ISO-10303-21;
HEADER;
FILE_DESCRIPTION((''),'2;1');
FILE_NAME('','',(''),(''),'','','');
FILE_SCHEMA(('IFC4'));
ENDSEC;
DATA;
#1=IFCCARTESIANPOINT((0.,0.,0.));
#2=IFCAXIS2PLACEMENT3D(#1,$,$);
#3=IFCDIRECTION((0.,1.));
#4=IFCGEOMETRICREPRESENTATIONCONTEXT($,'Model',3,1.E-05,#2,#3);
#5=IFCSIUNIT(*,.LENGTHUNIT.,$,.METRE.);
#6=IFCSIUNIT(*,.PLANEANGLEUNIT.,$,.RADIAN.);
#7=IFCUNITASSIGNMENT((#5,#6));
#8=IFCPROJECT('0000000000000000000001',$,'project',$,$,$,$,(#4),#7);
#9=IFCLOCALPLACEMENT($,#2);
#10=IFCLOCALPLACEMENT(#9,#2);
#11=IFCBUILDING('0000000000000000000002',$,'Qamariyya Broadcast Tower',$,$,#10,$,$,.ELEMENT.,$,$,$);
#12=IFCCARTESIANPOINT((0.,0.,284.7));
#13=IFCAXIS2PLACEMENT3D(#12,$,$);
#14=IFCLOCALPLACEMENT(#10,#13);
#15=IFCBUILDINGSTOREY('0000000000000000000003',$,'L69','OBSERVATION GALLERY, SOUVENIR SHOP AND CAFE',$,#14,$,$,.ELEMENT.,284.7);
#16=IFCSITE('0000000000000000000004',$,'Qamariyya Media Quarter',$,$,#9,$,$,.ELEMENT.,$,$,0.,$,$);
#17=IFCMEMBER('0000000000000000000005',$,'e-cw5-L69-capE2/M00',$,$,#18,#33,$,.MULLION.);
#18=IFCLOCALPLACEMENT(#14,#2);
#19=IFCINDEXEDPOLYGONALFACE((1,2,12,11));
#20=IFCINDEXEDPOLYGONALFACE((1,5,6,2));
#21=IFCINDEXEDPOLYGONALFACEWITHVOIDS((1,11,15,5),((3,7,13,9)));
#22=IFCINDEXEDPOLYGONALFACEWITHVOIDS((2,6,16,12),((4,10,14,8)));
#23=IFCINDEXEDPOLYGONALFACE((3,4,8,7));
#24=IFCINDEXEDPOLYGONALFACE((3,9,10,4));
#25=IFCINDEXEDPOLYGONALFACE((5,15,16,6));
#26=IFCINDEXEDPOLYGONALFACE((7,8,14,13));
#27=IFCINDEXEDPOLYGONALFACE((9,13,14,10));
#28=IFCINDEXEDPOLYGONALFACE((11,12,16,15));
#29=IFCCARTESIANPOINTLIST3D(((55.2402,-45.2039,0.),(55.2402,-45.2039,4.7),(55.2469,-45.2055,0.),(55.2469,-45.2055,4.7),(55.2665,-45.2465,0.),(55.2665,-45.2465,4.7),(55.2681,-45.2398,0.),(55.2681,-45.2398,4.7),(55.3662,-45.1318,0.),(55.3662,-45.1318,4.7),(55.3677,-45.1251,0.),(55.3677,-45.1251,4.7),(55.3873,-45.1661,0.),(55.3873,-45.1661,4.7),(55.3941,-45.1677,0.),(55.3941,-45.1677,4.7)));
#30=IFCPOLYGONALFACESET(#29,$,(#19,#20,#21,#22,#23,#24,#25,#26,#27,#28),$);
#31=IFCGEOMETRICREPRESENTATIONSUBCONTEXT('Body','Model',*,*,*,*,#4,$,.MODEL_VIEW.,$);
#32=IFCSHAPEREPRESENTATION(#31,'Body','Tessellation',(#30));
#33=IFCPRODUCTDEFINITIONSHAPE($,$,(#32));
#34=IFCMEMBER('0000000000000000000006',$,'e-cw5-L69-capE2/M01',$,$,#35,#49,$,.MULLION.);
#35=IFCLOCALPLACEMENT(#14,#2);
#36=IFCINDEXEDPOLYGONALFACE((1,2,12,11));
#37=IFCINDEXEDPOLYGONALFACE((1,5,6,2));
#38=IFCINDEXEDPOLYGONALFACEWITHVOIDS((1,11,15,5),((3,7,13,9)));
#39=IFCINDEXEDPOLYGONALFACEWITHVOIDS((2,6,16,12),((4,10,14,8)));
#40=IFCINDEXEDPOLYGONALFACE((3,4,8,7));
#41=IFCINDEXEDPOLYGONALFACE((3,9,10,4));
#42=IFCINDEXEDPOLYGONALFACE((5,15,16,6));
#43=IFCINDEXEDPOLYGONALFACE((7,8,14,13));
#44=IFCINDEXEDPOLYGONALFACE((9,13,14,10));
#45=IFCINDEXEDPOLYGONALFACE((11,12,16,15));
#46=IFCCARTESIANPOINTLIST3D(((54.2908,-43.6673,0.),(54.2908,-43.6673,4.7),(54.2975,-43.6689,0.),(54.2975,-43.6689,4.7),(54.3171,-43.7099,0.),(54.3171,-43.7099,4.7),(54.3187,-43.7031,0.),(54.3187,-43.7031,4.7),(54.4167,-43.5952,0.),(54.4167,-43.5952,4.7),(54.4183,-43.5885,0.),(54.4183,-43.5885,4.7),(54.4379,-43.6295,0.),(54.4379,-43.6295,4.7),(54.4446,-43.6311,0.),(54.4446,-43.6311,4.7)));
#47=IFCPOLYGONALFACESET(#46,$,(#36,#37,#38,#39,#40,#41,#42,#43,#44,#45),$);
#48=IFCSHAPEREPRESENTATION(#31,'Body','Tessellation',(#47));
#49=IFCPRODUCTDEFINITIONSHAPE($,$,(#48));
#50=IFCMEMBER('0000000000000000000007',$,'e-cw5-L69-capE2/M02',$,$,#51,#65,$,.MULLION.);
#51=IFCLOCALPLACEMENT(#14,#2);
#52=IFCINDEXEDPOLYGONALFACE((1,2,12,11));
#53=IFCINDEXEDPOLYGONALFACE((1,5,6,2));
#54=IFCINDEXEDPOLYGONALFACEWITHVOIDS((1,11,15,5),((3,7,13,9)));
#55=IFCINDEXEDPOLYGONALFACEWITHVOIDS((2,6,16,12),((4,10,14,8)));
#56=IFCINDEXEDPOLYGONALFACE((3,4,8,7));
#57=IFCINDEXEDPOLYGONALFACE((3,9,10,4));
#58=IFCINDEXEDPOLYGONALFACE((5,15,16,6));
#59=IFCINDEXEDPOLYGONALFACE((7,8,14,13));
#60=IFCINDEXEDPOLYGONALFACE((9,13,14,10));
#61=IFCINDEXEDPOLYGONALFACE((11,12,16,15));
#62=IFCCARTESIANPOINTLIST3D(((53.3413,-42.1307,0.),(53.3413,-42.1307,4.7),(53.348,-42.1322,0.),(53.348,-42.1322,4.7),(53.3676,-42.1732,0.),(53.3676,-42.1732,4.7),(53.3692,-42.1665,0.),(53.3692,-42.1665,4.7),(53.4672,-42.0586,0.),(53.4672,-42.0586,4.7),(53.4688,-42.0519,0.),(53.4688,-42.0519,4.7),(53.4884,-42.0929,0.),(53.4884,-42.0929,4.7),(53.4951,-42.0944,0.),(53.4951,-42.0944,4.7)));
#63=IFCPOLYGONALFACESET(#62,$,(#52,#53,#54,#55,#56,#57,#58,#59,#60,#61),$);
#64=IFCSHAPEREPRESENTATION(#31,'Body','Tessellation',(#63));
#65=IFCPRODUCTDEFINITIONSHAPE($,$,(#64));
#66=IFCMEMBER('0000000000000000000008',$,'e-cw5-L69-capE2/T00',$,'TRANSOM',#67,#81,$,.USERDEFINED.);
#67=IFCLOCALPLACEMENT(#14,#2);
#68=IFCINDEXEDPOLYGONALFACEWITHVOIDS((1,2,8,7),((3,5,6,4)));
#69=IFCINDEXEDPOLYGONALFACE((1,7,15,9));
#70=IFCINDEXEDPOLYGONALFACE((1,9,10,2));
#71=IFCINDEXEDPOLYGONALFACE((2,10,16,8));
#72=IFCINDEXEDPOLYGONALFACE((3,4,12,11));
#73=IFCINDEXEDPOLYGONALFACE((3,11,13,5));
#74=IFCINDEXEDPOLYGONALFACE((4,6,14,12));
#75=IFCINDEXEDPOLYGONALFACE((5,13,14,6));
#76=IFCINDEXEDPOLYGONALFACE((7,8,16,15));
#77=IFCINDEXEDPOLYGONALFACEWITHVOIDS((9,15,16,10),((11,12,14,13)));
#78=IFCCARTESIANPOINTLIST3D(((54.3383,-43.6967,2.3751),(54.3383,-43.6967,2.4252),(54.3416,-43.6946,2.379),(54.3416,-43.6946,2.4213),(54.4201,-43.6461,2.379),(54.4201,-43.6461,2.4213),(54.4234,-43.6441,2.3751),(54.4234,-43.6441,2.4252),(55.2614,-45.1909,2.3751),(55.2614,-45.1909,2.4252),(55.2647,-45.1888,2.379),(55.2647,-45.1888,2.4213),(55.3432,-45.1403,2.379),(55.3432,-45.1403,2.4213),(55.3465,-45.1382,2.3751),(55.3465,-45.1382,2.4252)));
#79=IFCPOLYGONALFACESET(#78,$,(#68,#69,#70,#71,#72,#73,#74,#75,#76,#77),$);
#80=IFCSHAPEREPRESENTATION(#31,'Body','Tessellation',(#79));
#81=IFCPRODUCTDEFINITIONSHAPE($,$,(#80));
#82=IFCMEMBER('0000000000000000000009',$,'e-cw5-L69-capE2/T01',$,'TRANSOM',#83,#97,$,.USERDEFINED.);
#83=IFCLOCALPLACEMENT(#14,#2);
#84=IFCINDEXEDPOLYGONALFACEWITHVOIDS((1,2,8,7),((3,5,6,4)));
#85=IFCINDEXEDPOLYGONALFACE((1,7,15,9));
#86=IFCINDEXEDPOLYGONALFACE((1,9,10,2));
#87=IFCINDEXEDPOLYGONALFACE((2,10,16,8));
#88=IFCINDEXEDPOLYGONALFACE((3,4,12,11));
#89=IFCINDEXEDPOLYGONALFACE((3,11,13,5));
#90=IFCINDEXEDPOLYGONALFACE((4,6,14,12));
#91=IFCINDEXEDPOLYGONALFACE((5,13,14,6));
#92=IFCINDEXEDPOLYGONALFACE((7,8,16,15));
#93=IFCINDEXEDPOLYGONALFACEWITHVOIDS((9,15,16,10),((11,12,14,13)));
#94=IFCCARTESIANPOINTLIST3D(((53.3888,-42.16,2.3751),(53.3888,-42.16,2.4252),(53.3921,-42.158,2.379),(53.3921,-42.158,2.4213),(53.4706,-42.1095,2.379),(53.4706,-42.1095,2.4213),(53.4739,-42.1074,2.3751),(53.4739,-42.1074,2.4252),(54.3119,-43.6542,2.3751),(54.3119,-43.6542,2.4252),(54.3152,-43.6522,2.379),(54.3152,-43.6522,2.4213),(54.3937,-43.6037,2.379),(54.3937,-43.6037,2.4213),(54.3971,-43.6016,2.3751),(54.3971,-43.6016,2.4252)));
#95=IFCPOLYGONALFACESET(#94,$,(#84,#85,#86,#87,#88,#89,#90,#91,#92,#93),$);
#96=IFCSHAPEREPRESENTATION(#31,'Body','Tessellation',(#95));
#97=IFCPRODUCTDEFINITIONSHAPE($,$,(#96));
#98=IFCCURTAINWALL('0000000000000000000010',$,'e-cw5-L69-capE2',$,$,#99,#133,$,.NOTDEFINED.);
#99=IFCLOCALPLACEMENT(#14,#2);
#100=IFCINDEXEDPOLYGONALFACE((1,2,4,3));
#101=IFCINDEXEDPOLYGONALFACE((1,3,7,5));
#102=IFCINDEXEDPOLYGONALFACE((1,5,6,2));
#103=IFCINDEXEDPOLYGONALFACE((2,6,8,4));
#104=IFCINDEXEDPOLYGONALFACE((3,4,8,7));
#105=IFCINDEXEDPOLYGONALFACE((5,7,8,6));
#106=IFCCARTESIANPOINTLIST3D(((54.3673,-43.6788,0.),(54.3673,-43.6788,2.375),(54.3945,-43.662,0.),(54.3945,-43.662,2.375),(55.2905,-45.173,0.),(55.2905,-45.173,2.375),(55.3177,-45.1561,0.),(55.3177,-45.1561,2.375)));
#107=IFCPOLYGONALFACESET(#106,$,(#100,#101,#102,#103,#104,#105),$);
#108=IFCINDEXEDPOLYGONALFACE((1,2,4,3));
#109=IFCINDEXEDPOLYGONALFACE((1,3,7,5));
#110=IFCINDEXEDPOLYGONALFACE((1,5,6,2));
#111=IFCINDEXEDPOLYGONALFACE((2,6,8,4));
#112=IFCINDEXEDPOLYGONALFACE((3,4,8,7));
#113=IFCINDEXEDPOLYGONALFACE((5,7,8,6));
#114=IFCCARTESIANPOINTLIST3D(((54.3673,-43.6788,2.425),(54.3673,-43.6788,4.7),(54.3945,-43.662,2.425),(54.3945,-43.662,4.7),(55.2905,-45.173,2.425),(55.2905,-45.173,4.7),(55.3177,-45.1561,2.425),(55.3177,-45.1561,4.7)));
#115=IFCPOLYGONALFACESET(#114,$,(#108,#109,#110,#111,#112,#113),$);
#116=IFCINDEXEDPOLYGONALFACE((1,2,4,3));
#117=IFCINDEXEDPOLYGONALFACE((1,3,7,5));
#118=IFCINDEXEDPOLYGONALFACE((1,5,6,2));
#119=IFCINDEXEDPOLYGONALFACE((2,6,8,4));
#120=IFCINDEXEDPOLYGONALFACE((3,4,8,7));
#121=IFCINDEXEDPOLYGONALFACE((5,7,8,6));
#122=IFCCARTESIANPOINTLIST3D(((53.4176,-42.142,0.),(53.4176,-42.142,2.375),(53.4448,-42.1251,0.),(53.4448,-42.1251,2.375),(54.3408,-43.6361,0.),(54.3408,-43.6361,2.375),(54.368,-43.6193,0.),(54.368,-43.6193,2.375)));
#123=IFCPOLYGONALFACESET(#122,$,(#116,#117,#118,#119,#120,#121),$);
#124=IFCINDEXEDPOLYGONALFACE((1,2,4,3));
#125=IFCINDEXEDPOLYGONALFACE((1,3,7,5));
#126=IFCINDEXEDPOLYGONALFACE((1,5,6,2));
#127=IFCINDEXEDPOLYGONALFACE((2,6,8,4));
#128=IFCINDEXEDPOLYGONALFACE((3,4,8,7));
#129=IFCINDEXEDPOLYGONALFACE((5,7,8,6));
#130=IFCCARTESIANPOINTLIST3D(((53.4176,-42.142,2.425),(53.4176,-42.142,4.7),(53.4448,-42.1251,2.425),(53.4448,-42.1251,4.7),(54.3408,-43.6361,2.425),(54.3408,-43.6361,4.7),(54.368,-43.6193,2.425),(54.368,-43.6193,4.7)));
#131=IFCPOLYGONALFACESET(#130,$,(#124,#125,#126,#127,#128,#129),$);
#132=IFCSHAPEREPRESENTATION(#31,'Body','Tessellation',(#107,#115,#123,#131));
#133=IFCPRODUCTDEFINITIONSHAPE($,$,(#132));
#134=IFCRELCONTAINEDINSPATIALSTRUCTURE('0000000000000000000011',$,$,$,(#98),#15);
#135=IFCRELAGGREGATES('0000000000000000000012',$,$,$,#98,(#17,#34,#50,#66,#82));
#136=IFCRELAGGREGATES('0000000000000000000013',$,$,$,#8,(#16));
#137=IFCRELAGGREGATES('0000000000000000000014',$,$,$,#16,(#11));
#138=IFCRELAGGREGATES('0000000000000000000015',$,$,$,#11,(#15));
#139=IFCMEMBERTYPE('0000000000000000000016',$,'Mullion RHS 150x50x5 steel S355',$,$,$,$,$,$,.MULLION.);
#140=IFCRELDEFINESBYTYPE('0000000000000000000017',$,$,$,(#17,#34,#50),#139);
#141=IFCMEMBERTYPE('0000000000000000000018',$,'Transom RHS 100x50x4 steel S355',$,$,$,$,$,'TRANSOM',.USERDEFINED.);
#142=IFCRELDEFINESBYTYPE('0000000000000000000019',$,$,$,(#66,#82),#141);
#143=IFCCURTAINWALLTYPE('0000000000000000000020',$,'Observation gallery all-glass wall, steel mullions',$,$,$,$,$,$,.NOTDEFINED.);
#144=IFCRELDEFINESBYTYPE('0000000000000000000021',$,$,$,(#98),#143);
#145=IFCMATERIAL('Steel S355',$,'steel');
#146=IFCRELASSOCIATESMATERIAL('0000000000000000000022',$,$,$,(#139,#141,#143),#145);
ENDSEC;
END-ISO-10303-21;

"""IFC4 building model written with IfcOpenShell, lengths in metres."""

from ifc_helpers import new_model, si_unit, direction, frame, origin, origin_2d, place, context, subcontext, project, spatial, rectangle, hollow_rectangle, extrude, material, material_profile, profile_set, type_object, element, aggregate, save


model = new_model("IFC4")

# Units and contexts
model_context = context("Model", 3, precision=1e-05, world=origin(), true_north=direction((0.0, 1.0)))
body_context = subcontext(model_context, "Body", "Model", "MODEL_VIEW")
ifc_project = project(units=[si_unit("LENGTHUNIT", "METRE"), si_unit("PLANEANGLEUNIT", "RADIAN")], contexts=[model_context])

# Members
ifc_material = material(Name="Steel S355", Category="steel")
ifc_material_profile_1 = material_profile(ifc_material, hollow_rectangle(XDim=0.1499, YDim=0.05, WallThickness=0.0049, at=origin_2d()))
ifc_profile_set_1 = profile_set([ifc_material_profile_1], Name="Steel S355")
member_type_1 = type_object("IfcMemberType", Name="Mullion RHS 150x50x5 steel S355", PredefinedType="MULLION", material=ifc_profile_set_1)
site_placement = place(None, origin())
building_placement = place(site_placement, origin())
storey_placement = place(building_placement, frame((0.0, 0.0, 284.7)))
member_1_placement = place(storey_placement, frame((55.3171, -45.1858, 0.0), z_axis=(0.0, 0.0, 1.0), x_axis=(-0.85071, -0.525636, 0.0)))
member_1 = element("IfcMember", 1, at=member_1_placement, type_object=member_type_1, Name="e-cw5-L69-capE2/M00", PredefinedType="MULLION", context=body_context, shape_type="SweptSolid", body=[
    extrude(hollow_rectangle(XDim=0.1499, YDim=0.05, WallThickness=0.0049, at=origin_2d()), origin(), (0.0, 0.0, 1.0), 4.7),
])
member_2_placement = place(storey_placement, frame((54.3677, -43.6492, 0.0), z_axis=(0.0, 0.0, 1.0), x_axis=(-0.85071, -0.525636, 0.0)))
member_2 = element("IfcMember", 2, at=member_2_placement, type_object=member_type_1, Name="e-cw5-L69-capE2/M01", PredefinedType="MULLION", context=body_context, shape_type="SweptSolid", body=[
    extrude(hollow_rectangle(XDim=0.1499, YDim=0.05, WallThickness=0.0049, at=origin_2d()), origin(), (0.0, 0.0, 1.0), 4.7),
])
member_3_placement = place(storey_placement, frame((53.4182, -42.1125, 0.0), z_axis=(0.0, 0.0, 1.0), x_axis=(-0.85071, -0.525636, 0.0)))
member_3 = element("IfcMember", 3, at=member_3_placement, type_object=member_type_1, Name="e-cw5-L69-capE2/M02", PredefinedType="MULLION", context=body_context, shape_type="SweptSolid", body=[
    extrude(hollow_rectangle(XDim=0.1499, YDim=0.05, WallThickness=0.0049, at=origin_2d()), origin(), (0.0, 0.0, 1.0), 4.7),
])
ifc_material_profile_2 = material_profile(ifc_material, hollow_rectangle(XDim=0.1001, YDim=0.05, WallThickness=0.0039, at=origin_2d()))
ifc_profile_set_2 = profile_set([ifc_material_profile_2], Name="Steel S355")
member_type_2 = type_object("IfcMemberType", Name="Transom RHS 100x50x4 steel S355", ElementType="TRANSOM", PredefinedType="USERDEFINED", material=ifc_profile_set_2)
member_4_placement = place(storey_placement, frame((55.304, -45.1646, 2.4001), z_axis=(-0.525593, 0.850736, 0.0), x_axis=(-0.850736, -0.525593, 0.0)))
member_4 = element("IfcMember", 4, at=member_4_placement, type_object=member_type_2, Name="e-cw5-L69-capE2/T00", ObjectType="TRANSOM", PredefinedType="USERDEFINED", context=body_context, shape_type="SweptSolid", body=[
    extrude(hollow_rectangle(XDim=0.1001, YDim=0.05, WallThickness=0.0039, at=origin_2d()), origin(), (0.0, 0.0, 1.0), 1.7563),
])
member_5_placement = place(storey_placement, frame((54.3545, -43.6279, 2.4001), z_axis=(-0.525593, 0.850736, 0.0), x_axis=(-0.850736, -0.525593, 0.0)))
member_5 = element("IfcMember", 5, at=member_5_placement, type_object=member_type_2, Name="e-cw5-L69-capE2/T01", ObjectType="TRANSOM", PredefinedType="USERDEFINED", context=body_context, shape_type="SweptSolid", body=[
    extrude(hollow_rectangle(XDim=0.1001, YDim=0.05, WallThickness=0.0039, at=origin_2d()), origin(), (0.0, 0.0, 1.0), 1.7563),
])

# Site, building, storey
site = spatial("IfcSite", under=ifc_project, at=site_placement, Name="Qamariyya Media Quarter", CompositionType="ELEMENT", RefElevation=0.0)
building = spatial("IfcBuilding", under=site, at=building_placement, Name="Qamariyya Broadcast Tower", CompositionType="ELEMENT")
storey = spatial("IfcBuildingStorey", under=building, at=storey_placement, Name="L69", Description="OBSERVATION GALLERY, SOUVENIR SHOP AND CAFE", CompositionType="ELEMENT", Elevation=284.7)

# Curtain wall
curtain_wall_type = type_object("IfcCurtainWallType", Name="Observation gallery all-glass wall, steel mullions", PredefinedType="NOTDEFINED", material=ifc_material)
curtain_wall_1_placement = place(storey_placement, origin())
curtain_wall_1 = element("IfcCurtainWall", 6, at=curtain_wall_1_placement, inside=storey, type_object=curtain_wall_type, Name="e-cw5-L69-capE2", PredefinedType="NOTDEFINED", context=body_context, shape_type="SweptSolid", body=[
    extrude(rectangle(XDim=1.7563, YDim=0.032, at=origin_2d()), frame((54.8425, -44.4175, 0.0), x_axis=(-0.525636, 0.850709, 0.0)), (0.0, 0.0, 1.0), 2.375),
    extrude(rectangle(XDim=1.7563, YDim=0.032, at=origin_2d()), frame((54.8425, -44.4175, 2.425), x_axis=(-0.525636, 0.850709, 0.0)), (0.0, 0.0, 1.0), 2.2749),
    extrude(rectangle(XDim=1.7563, YDim=0.032, at=origin_2d()), frame((53.8928, -42.8806, 0.0), x_axis=(-0.525636, 0.850709, 0.0)), (0.0, 0.0, 1.0), 2.375),
    extrude(rectangle(XDim=1.7563, YDim=0.032, at=origin_2d()), frame((53.8928, -42.8806, 2.425), x_axis=(-0.525636, 0.850709, 0.0)), (0.0, 0.0, 1.0), 2.2749),
])
aggregate(curtain_wall_1, [member_1, member_2, member_3, member_4, member_5])

save(model, "model.ifc")
